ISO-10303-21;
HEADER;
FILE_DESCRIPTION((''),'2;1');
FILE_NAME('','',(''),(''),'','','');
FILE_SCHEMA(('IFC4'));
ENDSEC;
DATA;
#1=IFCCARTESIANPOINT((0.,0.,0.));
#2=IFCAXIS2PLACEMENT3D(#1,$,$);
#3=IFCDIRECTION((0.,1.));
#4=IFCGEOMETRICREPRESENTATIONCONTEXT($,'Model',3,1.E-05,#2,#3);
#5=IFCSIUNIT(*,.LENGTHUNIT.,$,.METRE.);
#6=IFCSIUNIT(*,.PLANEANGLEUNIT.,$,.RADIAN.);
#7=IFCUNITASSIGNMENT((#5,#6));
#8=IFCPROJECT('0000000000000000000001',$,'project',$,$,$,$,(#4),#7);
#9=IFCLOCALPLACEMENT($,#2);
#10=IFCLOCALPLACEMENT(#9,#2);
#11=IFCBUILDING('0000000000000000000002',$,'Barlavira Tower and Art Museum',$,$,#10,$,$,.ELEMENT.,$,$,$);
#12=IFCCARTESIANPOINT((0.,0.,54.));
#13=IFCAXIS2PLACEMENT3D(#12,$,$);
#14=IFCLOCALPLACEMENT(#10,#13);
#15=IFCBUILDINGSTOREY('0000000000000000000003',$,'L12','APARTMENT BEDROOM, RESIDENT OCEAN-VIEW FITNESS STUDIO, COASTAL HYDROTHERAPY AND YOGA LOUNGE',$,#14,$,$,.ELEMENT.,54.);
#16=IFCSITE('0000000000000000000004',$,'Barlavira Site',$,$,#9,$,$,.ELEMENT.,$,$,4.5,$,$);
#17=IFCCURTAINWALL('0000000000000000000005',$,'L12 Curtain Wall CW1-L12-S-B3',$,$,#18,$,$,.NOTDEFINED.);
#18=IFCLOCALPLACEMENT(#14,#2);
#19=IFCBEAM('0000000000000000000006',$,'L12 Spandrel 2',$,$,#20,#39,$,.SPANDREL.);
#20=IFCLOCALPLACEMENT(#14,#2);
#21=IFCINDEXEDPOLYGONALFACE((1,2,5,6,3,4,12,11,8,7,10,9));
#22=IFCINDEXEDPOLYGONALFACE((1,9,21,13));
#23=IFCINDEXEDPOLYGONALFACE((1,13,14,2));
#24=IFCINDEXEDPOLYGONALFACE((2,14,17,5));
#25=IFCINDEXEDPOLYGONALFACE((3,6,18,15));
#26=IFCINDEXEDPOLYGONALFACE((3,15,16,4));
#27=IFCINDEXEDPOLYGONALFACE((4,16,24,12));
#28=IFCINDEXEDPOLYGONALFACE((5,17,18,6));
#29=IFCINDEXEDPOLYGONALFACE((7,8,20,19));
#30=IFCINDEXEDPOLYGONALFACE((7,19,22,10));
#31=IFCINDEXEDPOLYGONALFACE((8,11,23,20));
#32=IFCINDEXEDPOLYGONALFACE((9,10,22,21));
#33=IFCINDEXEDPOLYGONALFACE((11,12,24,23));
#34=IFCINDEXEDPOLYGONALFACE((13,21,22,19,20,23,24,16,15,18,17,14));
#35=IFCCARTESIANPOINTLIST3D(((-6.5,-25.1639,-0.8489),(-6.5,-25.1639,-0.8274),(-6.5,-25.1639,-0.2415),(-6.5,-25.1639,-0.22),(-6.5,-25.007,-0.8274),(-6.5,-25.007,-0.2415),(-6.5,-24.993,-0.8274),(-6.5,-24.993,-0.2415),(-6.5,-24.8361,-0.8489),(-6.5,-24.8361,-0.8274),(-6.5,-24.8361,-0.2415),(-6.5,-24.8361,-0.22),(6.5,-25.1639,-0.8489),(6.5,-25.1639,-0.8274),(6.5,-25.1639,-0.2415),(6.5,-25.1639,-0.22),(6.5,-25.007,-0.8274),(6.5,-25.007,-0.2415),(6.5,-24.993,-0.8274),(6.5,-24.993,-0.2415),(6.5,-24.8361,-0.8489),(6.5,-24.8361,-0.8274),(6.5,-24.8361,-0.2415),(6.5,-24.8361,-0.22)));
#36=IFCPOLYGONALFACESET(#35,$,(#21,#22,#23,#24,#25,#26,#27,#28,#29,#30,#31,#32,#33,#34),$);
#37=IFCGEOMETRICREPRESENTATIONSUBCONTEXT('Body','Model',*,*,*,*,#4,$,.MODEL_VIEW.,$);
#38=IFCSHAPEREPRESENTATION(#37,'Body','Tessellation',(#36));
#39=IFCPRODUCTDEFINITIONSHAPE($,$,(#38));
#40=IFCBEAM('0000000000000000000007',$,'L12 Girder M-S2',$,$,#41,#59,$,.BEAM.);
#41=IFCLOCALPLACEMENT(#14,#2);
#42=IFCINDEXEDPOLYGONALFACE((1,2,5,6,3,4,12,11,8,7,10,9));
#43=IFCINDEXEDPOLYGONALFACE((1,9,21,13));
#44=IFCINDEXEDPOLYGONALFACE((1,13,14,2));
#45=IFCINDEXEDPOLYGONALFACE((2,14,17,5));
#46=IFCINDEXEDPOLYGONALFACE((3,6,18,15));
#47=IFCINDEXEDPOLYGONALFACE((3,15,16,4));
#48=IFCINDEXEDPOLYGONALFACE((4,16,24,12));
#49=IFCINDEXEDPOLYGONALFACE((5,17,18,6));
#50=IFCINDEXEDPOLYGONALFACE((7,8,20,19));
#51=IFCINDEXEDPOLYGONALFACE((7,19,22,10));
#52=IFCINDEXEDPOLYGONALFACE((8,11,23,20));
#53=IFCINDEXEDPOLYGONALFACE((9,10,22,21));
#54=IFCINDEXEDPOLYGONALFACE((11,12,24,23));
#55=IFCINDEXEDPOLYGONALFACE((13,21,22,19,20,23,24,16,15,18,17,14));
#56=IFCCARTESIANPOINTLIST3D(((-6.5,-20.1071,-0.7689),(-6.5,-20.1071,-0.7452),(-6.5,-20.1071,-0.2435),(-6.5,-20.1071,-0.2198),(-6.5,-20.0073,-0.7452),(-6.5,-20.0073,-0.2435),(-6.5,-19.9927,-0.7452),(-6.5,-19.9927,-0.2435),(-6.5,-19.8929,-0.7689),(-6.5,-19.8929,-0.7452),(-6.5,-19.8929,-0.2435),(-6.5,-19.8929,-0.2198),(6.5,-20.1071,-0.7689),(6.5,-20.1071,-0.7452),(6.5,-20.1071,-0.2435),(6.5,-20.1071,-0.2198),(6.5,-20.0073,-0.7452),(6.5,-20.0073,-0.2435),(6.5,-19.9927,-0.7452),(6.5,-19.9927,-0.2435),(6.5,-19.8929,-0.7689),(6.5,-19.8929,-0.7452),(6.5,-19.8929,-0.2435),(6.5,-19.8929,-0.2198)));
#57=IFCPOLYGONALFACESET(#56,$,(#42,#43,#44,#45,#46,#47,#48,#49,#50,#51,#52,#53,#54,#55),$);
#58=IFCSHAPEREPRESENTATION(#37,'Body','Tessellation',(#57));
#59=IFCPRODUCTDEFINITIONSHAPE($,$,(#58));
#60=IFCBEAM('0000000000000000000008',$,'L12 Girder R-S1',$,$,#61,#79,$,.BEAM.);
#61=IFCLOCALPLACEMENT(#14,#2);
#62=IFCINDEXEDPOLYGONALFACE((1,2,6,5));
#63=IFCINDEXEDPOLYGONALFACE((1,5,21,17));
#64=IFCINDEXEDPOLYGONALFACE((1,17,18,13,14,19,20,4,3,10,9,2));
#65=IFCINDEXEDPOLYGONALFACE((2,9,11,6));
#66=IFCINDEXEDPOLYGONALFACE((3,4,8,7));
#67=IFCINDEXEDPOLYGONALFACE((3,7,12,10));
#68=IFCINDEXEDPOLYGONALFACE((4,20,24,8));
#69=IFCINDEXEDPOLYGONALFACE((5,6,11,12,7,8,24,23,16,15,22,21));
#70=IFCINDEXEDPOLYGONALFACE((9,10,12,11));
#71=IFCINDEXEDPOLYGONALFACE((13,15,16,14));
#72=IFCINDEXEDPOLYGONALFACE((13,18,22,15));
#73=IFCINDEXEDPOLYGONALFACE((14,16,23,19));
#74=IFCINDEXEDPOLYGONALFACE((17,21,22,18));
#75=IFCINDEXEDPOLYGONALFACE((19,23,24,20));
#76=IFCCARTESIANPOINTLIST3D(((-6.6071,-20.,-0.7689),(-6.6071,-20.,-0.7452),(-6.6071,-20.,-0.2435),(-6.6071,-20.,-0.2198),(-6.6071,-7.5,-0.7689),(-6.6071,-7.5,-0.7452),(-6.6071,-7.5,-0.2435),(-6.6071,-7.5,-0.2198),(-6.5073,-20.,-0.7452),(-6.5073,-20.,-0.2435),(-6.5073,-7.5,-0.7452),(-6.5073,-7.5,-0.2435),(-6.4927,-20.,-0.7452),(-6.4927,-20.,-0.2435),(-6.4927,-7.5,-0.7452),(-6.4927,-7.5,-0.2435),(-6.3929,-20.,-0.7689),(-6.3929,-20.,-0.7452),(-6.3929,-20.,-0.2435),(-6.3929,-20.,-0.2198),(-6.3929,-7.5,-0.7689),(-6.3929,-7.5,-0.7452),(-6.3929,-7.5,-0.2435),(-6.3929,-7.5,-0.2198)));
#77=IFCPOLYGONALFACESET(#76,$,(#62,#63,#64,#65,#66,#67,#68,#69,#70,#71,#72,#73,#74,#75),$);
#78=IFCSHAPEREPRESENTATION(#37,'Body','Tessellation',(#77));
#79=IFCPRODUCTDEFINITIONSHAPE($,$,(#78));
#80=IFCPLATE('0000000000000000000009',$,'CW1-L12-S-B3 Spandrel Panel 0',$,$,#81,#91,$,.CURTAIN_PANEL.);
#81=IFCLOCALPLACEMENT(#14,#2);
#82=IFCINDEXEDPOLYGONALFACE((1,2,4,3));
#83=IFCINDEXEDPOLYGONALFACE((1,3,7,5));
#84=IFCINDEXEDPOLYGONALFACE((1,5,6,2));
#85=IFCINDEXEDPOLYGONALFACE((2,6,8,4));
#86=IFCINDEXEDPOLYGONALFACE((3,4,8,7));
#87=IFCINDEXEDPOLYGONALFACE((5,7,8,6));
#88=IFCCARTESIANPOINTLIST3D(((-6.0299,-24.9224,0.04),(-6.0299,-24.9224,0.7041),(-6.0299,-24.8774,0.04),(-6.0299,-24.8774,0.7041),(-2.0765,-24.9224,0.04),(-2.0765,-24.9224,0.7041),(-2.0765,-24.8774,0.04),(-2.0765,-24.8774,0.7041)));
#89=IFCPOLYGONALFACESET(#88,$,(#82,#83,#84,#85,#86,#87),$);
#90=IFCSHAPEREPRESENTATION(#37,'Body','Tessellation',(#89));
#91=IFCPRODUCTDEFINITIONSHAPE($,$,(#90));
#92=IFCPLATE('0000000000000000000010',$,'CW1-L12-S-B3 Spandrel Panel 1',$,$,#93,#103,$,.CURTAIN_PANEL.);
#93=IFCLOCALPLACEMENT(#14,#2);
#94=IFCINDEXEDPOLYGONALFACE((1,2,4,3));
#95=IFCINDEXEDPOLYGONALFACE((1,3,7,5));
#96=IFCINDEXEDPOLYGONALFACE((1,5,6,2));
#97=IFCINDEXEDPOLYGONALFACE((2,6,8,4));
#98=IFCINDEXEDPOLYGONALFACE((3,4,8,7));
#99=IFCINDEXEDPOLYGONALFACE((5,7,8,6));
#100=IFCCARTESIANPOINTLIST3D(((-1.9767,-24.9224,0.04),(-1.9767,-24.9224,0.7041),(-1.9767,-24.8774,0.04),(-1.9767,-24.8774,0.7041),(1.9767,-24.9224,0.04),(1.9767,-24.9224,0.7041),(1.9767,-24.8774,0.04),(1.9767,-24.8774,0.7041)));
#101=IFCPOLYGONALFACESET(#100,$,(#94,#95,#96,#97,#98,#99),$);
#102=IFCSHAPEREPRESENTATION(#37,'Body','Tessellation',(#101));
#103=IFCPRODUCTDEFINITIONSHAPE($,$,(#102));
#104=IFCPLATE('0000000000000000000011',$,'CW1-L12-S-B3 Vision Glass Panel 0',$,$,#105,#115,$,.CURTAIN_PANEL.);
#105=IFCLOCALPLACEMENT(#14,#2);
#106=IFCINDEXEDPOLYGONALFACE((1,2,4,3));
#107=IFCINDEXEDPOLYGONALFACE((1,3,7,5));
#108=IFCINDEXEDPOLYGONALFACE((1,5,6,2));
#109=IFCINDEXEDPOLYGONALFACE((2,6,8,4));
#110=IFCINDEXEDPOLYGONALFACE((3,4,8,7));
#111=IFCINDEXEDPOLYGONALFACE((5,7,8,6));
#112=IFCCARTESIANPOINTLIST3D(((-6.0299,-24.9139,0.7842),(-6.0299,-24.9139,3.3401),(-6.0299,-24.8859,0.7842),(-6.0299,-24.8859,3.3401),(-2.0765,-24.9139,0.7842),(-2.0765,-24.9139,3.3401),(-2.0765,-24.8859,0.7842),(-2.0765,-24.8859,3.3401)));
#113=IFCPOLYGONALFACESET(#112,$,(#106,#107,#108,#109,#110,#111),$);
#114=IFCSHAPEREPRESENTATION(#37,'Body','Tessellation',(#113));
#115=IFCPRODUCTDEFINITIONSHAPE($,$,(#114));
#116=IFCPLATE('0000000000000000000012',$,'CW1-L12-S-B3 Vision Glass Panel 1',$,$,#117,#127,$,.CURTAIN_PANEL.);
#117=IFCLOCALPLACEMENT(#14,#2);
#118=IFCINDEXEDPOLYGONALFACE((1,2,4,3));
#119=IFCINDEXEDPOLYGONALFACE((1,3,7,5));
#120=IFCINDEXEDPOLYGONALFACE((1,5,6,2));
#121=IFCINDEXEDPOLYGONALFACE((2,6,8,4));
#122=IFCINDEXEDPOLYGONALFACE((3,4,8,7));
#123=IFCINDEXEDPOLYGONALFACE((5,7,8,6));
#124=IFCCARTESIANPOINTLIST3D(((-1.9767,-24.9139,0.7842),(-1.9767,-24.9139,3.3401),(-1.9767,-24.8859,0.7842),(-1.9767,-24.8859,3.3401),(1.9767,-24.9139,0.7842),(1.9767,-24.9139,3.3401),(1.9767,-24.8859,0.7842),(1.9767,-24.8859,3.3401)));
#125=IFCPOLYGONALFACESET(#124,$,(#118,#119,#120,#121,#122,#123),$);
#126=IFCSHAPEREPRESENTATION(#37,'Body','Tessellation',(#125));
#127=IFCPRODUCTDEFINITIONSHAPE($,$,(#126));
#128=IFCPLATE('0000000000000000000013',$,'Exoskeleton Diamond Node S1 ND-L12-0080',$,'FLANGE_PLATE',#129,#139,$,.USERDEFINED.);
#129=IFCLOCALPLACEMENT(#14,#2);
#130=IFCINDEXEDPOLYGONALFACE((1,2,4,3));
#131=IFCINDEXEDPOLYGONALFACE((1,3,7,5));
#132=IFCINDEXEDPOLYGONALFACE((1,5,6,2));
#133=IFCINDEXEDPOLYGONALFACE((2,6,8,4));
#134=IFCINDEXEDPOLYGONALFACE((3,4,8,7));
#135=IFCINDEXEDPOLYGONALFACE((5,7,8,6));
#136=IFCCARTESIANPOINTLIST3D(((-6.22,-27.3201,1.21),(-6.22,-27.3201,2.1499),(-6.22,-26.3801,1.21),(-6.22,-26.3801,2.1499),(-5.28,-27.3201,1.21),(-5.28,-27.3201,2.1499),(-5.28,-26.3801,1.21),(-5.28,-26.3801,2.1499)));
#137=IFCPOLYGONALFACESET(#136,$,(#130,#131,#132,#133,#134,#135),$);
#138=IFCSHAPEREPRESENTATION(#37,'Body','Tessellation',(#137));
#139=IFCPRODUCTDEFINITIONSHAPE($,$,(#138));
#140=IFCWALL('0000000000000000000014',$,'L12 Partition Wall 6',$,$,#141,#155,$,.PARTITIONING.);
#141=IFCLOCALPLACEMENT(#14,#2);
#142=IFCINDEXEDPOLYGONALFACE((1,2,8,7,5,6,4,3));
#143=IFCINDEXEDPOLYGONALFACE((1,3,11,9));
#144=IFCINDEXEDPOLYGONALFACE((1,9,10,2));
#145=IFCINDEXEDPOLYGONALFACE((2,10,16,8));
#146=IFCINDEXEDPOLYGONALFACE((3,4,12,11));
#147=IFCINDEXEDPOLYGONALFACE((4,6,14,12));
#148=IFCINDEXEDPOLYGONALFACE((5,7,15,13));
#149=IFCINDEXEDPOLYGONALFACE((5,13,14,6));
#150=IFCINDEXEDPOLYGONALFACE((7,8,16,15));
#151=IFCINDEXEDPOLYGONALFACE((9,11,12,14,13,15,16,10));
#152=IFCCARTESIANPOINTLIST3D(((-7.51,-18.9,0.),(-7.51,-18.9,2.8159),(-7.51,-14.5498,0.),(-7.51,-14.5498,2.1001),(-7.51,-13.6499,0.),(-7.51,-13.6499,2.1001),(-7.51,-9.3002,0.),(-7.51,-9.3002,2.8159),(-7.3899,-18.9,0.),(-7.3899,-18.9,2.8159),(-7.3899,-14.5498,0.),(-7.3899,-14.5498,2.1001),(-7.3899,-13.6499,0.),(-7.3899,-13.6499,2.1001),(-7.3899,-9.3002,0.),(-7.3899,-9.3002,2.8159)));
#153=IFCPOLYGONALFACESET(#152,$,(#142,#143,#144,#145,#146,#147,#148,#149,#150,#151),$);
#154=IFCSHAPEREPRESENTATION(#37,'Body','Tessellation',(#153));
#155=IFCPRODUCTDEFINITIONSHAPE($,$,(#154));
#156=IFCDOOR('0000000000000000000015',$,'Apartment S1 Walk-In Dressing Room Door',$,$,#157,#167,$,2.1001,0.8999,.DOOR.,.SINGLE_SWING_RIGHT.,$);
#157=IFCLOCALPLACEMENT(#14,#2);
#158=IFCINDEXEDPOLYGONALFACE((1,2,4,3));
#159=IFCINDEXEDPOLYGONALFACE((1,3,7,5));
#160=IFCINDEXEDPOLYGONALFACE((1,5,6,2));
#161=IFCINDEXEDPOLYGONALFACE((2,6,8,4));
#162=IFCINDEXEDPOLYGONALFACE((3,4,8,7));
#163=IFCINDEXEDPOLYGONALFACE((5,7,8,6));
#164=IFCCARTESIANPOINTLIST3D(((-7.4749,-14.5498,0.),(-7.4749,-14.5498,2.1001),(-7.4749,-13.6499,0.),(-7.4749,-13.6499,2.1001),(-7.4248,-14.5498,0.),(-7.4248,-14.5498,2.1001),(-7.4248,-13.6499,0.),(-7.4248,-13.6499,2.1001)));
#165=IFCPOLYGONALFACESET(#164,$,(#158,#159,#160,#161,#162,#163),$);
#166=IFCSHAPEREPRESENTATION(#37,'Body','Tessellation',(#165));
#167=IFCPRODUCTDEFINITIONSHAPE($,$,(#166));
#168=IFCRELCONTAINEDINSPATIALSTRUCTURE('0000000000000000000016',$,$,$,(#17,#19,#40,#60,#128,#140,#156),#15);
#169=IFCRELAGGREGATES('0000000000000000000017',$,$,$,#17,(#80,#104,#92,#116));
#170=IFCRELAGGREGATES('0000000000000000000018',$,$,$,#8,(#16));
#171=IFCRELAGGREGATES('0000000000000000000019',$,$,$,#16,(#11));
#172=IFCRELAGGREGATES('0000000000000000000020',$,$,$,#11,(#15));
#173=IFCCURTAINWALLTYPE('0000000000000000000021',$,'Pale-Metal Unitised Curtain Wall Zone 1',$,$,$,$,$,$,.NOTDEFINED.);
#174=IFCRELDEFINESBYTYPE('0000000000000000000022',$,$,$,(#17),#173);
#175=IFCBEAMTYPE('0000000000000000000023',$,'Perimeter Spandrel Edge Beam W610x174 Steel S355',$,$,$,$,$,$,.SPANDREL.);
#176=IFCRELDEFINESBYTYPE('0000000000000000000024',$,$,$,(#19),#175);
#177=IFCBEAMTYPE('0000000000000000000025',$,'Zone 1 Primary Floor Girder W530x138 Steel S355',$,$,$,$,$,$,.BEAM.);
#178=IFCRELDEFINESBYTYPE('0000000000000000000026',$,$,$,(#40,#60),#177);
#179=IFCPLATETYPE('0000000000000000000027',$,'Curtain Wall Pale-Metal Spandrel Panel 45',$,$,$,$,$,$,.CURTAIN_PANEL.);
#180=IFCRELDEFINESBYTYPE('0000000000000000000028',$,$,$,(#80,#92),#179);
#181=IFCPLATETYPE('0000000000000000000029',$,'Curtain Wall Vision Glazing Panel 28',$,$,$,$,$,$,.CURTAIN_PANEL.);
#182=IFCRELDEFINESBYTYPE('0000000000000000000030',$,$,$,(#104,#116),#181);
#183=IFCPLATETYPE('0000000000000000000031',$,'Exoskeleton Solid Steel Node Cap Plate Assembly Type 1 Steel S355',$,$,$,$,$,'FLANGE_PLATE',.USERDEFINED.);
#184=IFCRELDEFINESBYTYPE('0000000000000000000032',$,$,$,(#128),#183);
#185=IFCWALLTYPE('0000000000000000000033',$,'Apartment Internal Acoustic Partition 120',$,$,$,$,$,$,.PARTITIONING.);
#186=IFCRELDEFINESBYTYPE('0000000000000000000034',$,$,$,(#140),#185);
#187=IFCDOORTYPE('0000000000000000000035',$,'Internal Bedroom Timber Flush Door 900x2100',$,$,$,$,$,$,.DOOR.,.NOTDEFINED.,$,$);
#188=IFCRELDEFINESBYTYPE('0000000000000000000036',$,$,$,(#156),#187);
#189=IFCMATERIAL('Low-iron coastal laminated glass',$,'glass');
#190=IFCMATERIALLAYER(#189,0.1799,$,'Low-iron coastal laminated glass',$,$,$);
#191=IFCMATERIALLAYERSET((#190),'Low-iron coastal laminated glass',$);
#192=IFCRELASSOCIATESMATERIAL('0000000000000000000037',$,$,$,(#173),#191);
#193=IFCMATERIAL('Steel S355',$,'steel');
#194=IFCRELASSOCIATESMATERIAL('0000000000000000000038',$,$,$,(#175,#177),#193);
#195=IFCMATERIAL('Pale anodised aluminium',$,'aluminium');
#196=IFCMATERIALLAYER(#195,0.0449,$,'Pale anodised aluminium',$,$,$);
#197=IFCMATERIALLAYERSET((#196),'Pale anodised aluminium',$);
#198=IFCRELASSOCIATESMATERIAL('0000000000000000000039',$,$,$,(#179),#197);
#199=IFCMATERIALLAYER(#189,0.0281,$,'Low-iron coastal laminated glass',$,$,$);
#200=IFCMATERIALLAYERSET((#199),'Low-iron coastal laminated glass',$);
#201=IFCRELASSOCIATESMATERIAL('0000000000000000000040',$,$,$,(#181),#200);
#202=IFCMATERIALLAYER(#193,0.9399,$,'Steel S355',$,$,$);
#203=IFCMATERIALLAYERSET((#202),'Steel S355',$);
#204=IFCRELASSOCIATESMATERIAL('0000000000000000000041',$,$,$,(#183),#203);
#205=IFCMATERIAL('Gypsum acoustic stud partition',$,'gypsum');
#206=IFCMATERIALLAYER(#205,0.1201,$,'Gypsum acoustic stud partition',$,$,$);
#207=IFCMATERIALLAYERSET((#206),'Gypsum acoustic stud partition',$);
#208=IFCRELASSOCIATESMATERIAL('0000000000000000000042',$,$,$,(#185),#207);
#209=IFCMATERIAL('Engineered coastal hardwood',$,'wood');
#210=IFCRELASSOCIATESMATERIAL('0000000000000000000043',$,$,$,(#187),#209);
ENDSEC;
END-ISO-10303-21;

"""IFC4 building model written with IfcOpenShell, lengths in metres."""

from ifc_helpers import new_model, si_unit, direction, frame, frame_2d, origin, origin_2d, place, context, subcontext, project, spatial, rectangle, i_section, extrude, material, layer, layer_set, material_profile, profile_set, type_object, element, fill, aggregate, save


model = new_model("IFC4")

# Units and contexts
model_context = context("Model", 3, precision=1e-05, world=origin(), true_north=direction((0.0, 1.0)))
body_context = subcontext(model_context, "Body", "Model", "MODEL_VIEW")
ifc_project = project(units=[si_unit("LENGTHUNIT", "METRE"), si_unit("PLANEANGLEUNIT", "RADIAN")], contexts=[model_context])

# Site, building, storey
site_placement = place(None, origin())
site = spatial("IfcSite", under=ifc_project, at=site_placement, Name="Barlavira Site", CompositionType="ELEMENT", RefElevation=4.5)
building_placement = place(site_placement, origin())
building = spatial("IfcBuilding", under=site, at=building_placement, Name="Barlavira Tower and Art Museum", CompositionType="ELEMENT")
storey_placement = place(building_placement, frame((0.0, 0.0, 54.0)))
storey = spatial("IfcBuildingStorey", under=building, at=storey_placement, Name="L12", Description="APARTMENT BEDROOM, RESIDENT OCEAN-VIEW FITNESS STUDIO, COASTAL HYDROTHERAPY AND YOGA LOUNGE", CompositionType="ELEMENT", Elevation=54.0)

# Curtain wall
ifc_material_1 = material(Name="Low-iron coastal laminated glass", Category="glass")
ifc_layer_1 = layer(ifc_material_1, 0.1799, Name="Low-iron coastal laminated glass")
ifc_layer_set_1 = layer_set([ifc_layer_1], Name="Low-iron coastal laminated glass")
curtain_wall_type = type_object("IfcCurtainWallType", Name="Pale-Metal Unitised Curtain Wall Zone 1", PredefinedType="NOTDEFINED", material=ifc_layer_set_1)
curtain_wall_placement = place(storey_placement, origin())
curtain_wall = element("IfcCurtainWall", 1, at=curtain_wall_placement, inside=storey, type_object=curtain_wall_type, Name="L12 Curtain Wall CW1-L12-S-B3", PredefinedType="NOTDEFINED")
ifc_material_2 = material(Name="Pale anodised aluminium", Category="aluminium")

# Beams
ifc_material_3 = material(Name="Steel S355", Category="steel")
ifc_material_profile_1 = material_profile(ifc_material_3, i_section(OverallWidth=0.3279, OverallDepth=0.6289, WebThickness=0.0139, FlangeThickness=0.0215, at=origin_2d()), Name="W610x174.0")
ifc_profile_set_1 = profile_set([ifc_material_profile_1], Name="Steel S355")
beam_type_1 = type_object("IfcBeamType", Name="Perimeter Spandrel Edge Beam W610x174 Steel S355", PredefinedType="SPANDREL", material=ifc_profile_set_1)
beam_1_placement = place(storey_placement, frame((-6.5, -25.0, -0.5344), z_axis=(1.0, 0.0, 0.0), x_axis=(0.0, 1.0, 0.0)))
element("IfcBeam", 2, at=beam_1_placement, inside=storey, type_object=beam_type_1, Name="L12 Spandrel 2", PredefinedType="SPANDREL", context=body_context, shape_type="SweptSolid", body=[
    extrude(i_section(OverallWidth=0.3279, OverallDepth=0.6289, WebThickness=0.0139, FlangeThickness=0.0215, at=origin_2d()), origin(), (0.0, 0.0, 1.0), 13.0),
])
ifc_material_profile_2 = material_profile(ifc_material_3, i_section(OverallWidth=0.2141, OverallDepth=0.5491, WebThickness=0.0146, FlangeThickness=0.0237, at=origin_2d()), Name="W530x138.0")
ifc_profile_set_2 = profile_set([ifc_material_profile_2], Name="Steel S355")
beam_type_2 = type_object("IfcBeamType", Name="Zone 1 Primary Floor Girder W530x138 Steel S355", PredefinedType="BEAM", material=ifc_profile_set_2)
beam_2_placement = place(storey_placement, frame((-6.5, -20.0, -0.4944), z_axis=(1.0, 0.0, 0.0), x_axis=(0.0, 1.0, 0.0)))
element("IfcBeam", 3, at=beam_2_placement, inside=storey, type_object=beam_type_2, Name="L12 Girder M-S2", PredefinedType="BEAM", context=body_context, shape_type="SweptSolid", body=[
    extrude(i_section(OverallWidth=0.2141, OverallDepth=0.5491, WebThickness=0.0146, FlangeThickness=0.0237, at=origin_2d()), origin(), (0.0, 0.0, 1.0), 13.0),
])
beam_3_placement = place(storey_placement, frame((-6.5, -20.0, -0.4944), z_axis=(0.0, 1.0, 0.0), x_axis=(-1.0, 0.0, 0.0)))
element("IfcBeam", 4, at=beam_3_placement, inside=storey, type_object=beam_type_2, Name="L12 Girder R-S1", PredefinedType="BEAM", context=body_context, shape_type="SweptSolid", body=[
    extrude(i_section(OverallWidth=0.2141, OverallDepth=0.5491, WebThickness=0.0146, FlangeThickness=0.0237, at=origin_2d()), origin(), (0.0, 0.0, 1.0), 12.5),
])

# Plates
ifc_layer_2 = layer(ifc_material_2, 0.0449, Name="Pale anodised aluminium")
ifc_layer_set_2 = layer_set([ifc_layer_2], Name="Pale anodised aluminium")
plate_type_1 = type_object("IfcPlateType", Name="Curtain Wall Pale-Metal Spandrel Panel 45", PredefinedType="CURTAIN_PANEL", material=ifc_layer_set_2)
plate_1_placement = place(storey_placement, frame((-4.0532, -24.8999, 0.04), z_axis=(0.0, 0.0, 1.0), x_axis=(1.0, 0.0, 0.0)))
plate_1 = element("IfcPlate", 5, at=plate_1_placement, type_object=plate_type_1, Name="CW1-L12-S-B3 Spandrel Panel 0", PredefinedType="CURTAIN_PANEL", context=body_context, shape_type="SweptSolid", body=[
    extrude(rectangle(XDim=3.9534, YDim=0.0449, at=origin_2d()), origin(), (0.0, 0.0, 1.0), 0.6641),
])
plate_2_placement = place(storey_placement, frame((0.0, -24.8999, 0.04), z_axis=(0.0, 0.0, 1.0), x_axis=(1.0, 0.0, 0.0)))
plate_2 = element("IfcPlate", 6, at=plate_2_placement, type_object=plate_type_1, Name="CW1-L12-S-B3 Spandrel Panel 1", PredefinedType="CURTAIN_PANEL", context=body_context, shape_type="SweptSolid", body=[
    extrude(rectangle(XDim=3.9534, YDim=0.0449, at=origin_2d()), origin(), (0.0, 0.0, 1.0), 0.6641),
])
ifc_layer_3 = layer(ifc_material_1, 0.0281, Name="Low-iron coastal laminated glass")
ifc_layer_set_3 = layer_set([ifc_layer_3], Name="Low-iron coastal laminated glass")
plate_type_2 = type_object("IfcPlateType", Name="Curtain Wall Vision Glazing Panel 28", PredefinedType="CURTAIN_PANEL", material=ifc_layer_set_3)
plate_3_placement = place(storey_placement, frame((-4.0532, -24.8999, 0.7842), z_axis=(0.0, 0.0, 1.0), x_axis=(1.0, 0.0, 0.0)))
plate_3 = element("IfcPlate", 7, at=plate_3_placement, type_object=plate_type_2, Name="CW1-L12-S-B3 Vision Glass Panel 0", PredefinedType="CURTAIN_PANEL", context=body_context, shape_type="SweptSolid", body=[
    extrude(rectangle(XDim=3.9534, YDim=0.0281, at=origin_2d()), origin(), (0.0, 0.0, 1.0), 2.5559),
])
plate_4_placement = place(storey_placement, frame((0.0, -24.8999, 0.7842), z_axis=(0.0, 0.0, 1.0), x_axis=(1.0, 0.0, 0.0)))
plate_4 = element("IfcPlate", 8, at=plate_4_placement, type_object=plate_type_2, Name="CW1-L12-S-B3 Vision Glass Panel 1", PredefinedType="CURTAIN_PANEL", context=body_context, shape_type="SweptSolid", body=[
    extrude(rectangle(XDim=3.9534, YDim=0.0281, at=origin_2d()), origin(), (0.0, 0.0, 1.0), 2.5559),
])
aggregate(curtain_wall, [plate_1, plate_3, plate_2, plate_4])
ifc_layer_4 = layer(ifc_material_3, 0.9399, Name="Steel S355")
ifc_layer_set_4 = layer_set([ifc_layer_4], Name="Steel S355")
plate_type_3 = type_object("IfcPlateType", Name="Exoskeleton Solid Steel Node Cap Plate Assembly Type 1 Steel S355", ElementType="FLANGE_PLATE", PredefinedType="USERDEFINED", material=ifc_layer_set_4)
plate_5_placement = place(storey_placement, frame((-5.75, -26.8501, 1.21), z_axis=(0.0, 0.0, 1.0), x_axis=(1.0, 0.0, 0.0)))
element("IfcPlate", 9, at=plate_5_placement, inside=storey, type_object=plate_type_3, Name="Exoskeleton Diamond Node S1 ND-L12-0080", ObjectType="FLANGE_PLATE", PredefinedType="USERDEFINED", context=body_context, shape_type="SweptSolid", body=[
    extrude(rectangle(XDim=0.9399, YDim=0.9399, at=origin_2d()), origin(), (0.0, 0.0, 1.0), 0.9399),
])

# Wall, opening, door
ifc_material_4 = material(Name="Gypsum acoustic stud partition", Category="gypsum")
ifc_layer_5 = layer(ifc_material_4, 0.1201, Name="Gypsum acoustic stud partition")
ifc_layer_set_5 = layer_set([ifc_layer_5], Name="Gypsum acoustic stud partition")
wall_type_1 = type_object("IfcWallType", Name="Apartment Internal Acoustic Partition 120", PredefinedType="PARTITIONING", material=ifc_layer_set_5)
wall_1_placement = place(storey_placement, frame((-7.45, -18.8999, 0.0), z_axis=(0.0, 0.0, 1.0), x_axis=(0.0, 1.0, 0.0)))
wall_1 = element("IfcWall", 10, at=wall_1_placement, inside=storey, type_object=wall_type_1, Name="L12 Partition Wall 6", PredefinedType="PARTITIONING", context=body_context, shape_type="SweptSolid", body=[
    extrude(rectangle(XDim=9.5999, YDim=0.1201, at=frame_2d((4.7998, 0.0))), origin(), (0.0, 0.0, 1.0), 2.8159),
])
opening_1_placement = place(wall_1_placement, frame((4.3501, 0.0, 0.0)))
opening_1 = element("IfcOpeningElement", 11, at=opening_1_placement, cuts=wall_1, PredefinedType="OPENING", context=body_context, shape_type="SweptSolid", body=[
    extrude(rectangle(XDim=0.8999, YDim=2.1001, at=frame_2d((0.45, 1.05))), frame((0.0, 0.0701, 0.0), z_axis=(0.0, -1.0, 0.0), x_axis=(1.0, 0.0, 0.0)), (0.0, 0.0, 1.0), 0.1401),
])
ifc_material_5 = material(Name="Engineered coastal hardwood", Category="wood")
door_type_1 = type_object("IfcDoorType", Name="Internal Bedroom Timber Flush Door 900x2100", OperationType="NOTDEFINED", PredefinedType="DOOR", material=ifc_material_5)
door_1_placement = place(opening_1_placement, origin())
door_1 = element("IfcDoor", 12, at=door_1_placement, inside=storey, type_object=door_type_1, Name="Apartment S1 Walk-In Dressing Room Door", OperationType="SINGLE_SWING_RIGHT", OverallHeight=2.1001, OverallWidth=0.8999, PredefinedType="DOOR", context=body_context, shape_type="SweptSolid", body=[
    extrude(rectangle(XDim=0.8999, YDim=2.1001, at=frame_2d((0.45, 1.05))), frame((0.0, 0.0249, 0.0), z_axis=(0.0, -1.0, 0.0), x_axis=(1.0, 0.0, 0.0)), (0.0, 0.0, 1.0), 0.05),
])
fill(opening_1, door_1)

save(model, "model.ifc")
